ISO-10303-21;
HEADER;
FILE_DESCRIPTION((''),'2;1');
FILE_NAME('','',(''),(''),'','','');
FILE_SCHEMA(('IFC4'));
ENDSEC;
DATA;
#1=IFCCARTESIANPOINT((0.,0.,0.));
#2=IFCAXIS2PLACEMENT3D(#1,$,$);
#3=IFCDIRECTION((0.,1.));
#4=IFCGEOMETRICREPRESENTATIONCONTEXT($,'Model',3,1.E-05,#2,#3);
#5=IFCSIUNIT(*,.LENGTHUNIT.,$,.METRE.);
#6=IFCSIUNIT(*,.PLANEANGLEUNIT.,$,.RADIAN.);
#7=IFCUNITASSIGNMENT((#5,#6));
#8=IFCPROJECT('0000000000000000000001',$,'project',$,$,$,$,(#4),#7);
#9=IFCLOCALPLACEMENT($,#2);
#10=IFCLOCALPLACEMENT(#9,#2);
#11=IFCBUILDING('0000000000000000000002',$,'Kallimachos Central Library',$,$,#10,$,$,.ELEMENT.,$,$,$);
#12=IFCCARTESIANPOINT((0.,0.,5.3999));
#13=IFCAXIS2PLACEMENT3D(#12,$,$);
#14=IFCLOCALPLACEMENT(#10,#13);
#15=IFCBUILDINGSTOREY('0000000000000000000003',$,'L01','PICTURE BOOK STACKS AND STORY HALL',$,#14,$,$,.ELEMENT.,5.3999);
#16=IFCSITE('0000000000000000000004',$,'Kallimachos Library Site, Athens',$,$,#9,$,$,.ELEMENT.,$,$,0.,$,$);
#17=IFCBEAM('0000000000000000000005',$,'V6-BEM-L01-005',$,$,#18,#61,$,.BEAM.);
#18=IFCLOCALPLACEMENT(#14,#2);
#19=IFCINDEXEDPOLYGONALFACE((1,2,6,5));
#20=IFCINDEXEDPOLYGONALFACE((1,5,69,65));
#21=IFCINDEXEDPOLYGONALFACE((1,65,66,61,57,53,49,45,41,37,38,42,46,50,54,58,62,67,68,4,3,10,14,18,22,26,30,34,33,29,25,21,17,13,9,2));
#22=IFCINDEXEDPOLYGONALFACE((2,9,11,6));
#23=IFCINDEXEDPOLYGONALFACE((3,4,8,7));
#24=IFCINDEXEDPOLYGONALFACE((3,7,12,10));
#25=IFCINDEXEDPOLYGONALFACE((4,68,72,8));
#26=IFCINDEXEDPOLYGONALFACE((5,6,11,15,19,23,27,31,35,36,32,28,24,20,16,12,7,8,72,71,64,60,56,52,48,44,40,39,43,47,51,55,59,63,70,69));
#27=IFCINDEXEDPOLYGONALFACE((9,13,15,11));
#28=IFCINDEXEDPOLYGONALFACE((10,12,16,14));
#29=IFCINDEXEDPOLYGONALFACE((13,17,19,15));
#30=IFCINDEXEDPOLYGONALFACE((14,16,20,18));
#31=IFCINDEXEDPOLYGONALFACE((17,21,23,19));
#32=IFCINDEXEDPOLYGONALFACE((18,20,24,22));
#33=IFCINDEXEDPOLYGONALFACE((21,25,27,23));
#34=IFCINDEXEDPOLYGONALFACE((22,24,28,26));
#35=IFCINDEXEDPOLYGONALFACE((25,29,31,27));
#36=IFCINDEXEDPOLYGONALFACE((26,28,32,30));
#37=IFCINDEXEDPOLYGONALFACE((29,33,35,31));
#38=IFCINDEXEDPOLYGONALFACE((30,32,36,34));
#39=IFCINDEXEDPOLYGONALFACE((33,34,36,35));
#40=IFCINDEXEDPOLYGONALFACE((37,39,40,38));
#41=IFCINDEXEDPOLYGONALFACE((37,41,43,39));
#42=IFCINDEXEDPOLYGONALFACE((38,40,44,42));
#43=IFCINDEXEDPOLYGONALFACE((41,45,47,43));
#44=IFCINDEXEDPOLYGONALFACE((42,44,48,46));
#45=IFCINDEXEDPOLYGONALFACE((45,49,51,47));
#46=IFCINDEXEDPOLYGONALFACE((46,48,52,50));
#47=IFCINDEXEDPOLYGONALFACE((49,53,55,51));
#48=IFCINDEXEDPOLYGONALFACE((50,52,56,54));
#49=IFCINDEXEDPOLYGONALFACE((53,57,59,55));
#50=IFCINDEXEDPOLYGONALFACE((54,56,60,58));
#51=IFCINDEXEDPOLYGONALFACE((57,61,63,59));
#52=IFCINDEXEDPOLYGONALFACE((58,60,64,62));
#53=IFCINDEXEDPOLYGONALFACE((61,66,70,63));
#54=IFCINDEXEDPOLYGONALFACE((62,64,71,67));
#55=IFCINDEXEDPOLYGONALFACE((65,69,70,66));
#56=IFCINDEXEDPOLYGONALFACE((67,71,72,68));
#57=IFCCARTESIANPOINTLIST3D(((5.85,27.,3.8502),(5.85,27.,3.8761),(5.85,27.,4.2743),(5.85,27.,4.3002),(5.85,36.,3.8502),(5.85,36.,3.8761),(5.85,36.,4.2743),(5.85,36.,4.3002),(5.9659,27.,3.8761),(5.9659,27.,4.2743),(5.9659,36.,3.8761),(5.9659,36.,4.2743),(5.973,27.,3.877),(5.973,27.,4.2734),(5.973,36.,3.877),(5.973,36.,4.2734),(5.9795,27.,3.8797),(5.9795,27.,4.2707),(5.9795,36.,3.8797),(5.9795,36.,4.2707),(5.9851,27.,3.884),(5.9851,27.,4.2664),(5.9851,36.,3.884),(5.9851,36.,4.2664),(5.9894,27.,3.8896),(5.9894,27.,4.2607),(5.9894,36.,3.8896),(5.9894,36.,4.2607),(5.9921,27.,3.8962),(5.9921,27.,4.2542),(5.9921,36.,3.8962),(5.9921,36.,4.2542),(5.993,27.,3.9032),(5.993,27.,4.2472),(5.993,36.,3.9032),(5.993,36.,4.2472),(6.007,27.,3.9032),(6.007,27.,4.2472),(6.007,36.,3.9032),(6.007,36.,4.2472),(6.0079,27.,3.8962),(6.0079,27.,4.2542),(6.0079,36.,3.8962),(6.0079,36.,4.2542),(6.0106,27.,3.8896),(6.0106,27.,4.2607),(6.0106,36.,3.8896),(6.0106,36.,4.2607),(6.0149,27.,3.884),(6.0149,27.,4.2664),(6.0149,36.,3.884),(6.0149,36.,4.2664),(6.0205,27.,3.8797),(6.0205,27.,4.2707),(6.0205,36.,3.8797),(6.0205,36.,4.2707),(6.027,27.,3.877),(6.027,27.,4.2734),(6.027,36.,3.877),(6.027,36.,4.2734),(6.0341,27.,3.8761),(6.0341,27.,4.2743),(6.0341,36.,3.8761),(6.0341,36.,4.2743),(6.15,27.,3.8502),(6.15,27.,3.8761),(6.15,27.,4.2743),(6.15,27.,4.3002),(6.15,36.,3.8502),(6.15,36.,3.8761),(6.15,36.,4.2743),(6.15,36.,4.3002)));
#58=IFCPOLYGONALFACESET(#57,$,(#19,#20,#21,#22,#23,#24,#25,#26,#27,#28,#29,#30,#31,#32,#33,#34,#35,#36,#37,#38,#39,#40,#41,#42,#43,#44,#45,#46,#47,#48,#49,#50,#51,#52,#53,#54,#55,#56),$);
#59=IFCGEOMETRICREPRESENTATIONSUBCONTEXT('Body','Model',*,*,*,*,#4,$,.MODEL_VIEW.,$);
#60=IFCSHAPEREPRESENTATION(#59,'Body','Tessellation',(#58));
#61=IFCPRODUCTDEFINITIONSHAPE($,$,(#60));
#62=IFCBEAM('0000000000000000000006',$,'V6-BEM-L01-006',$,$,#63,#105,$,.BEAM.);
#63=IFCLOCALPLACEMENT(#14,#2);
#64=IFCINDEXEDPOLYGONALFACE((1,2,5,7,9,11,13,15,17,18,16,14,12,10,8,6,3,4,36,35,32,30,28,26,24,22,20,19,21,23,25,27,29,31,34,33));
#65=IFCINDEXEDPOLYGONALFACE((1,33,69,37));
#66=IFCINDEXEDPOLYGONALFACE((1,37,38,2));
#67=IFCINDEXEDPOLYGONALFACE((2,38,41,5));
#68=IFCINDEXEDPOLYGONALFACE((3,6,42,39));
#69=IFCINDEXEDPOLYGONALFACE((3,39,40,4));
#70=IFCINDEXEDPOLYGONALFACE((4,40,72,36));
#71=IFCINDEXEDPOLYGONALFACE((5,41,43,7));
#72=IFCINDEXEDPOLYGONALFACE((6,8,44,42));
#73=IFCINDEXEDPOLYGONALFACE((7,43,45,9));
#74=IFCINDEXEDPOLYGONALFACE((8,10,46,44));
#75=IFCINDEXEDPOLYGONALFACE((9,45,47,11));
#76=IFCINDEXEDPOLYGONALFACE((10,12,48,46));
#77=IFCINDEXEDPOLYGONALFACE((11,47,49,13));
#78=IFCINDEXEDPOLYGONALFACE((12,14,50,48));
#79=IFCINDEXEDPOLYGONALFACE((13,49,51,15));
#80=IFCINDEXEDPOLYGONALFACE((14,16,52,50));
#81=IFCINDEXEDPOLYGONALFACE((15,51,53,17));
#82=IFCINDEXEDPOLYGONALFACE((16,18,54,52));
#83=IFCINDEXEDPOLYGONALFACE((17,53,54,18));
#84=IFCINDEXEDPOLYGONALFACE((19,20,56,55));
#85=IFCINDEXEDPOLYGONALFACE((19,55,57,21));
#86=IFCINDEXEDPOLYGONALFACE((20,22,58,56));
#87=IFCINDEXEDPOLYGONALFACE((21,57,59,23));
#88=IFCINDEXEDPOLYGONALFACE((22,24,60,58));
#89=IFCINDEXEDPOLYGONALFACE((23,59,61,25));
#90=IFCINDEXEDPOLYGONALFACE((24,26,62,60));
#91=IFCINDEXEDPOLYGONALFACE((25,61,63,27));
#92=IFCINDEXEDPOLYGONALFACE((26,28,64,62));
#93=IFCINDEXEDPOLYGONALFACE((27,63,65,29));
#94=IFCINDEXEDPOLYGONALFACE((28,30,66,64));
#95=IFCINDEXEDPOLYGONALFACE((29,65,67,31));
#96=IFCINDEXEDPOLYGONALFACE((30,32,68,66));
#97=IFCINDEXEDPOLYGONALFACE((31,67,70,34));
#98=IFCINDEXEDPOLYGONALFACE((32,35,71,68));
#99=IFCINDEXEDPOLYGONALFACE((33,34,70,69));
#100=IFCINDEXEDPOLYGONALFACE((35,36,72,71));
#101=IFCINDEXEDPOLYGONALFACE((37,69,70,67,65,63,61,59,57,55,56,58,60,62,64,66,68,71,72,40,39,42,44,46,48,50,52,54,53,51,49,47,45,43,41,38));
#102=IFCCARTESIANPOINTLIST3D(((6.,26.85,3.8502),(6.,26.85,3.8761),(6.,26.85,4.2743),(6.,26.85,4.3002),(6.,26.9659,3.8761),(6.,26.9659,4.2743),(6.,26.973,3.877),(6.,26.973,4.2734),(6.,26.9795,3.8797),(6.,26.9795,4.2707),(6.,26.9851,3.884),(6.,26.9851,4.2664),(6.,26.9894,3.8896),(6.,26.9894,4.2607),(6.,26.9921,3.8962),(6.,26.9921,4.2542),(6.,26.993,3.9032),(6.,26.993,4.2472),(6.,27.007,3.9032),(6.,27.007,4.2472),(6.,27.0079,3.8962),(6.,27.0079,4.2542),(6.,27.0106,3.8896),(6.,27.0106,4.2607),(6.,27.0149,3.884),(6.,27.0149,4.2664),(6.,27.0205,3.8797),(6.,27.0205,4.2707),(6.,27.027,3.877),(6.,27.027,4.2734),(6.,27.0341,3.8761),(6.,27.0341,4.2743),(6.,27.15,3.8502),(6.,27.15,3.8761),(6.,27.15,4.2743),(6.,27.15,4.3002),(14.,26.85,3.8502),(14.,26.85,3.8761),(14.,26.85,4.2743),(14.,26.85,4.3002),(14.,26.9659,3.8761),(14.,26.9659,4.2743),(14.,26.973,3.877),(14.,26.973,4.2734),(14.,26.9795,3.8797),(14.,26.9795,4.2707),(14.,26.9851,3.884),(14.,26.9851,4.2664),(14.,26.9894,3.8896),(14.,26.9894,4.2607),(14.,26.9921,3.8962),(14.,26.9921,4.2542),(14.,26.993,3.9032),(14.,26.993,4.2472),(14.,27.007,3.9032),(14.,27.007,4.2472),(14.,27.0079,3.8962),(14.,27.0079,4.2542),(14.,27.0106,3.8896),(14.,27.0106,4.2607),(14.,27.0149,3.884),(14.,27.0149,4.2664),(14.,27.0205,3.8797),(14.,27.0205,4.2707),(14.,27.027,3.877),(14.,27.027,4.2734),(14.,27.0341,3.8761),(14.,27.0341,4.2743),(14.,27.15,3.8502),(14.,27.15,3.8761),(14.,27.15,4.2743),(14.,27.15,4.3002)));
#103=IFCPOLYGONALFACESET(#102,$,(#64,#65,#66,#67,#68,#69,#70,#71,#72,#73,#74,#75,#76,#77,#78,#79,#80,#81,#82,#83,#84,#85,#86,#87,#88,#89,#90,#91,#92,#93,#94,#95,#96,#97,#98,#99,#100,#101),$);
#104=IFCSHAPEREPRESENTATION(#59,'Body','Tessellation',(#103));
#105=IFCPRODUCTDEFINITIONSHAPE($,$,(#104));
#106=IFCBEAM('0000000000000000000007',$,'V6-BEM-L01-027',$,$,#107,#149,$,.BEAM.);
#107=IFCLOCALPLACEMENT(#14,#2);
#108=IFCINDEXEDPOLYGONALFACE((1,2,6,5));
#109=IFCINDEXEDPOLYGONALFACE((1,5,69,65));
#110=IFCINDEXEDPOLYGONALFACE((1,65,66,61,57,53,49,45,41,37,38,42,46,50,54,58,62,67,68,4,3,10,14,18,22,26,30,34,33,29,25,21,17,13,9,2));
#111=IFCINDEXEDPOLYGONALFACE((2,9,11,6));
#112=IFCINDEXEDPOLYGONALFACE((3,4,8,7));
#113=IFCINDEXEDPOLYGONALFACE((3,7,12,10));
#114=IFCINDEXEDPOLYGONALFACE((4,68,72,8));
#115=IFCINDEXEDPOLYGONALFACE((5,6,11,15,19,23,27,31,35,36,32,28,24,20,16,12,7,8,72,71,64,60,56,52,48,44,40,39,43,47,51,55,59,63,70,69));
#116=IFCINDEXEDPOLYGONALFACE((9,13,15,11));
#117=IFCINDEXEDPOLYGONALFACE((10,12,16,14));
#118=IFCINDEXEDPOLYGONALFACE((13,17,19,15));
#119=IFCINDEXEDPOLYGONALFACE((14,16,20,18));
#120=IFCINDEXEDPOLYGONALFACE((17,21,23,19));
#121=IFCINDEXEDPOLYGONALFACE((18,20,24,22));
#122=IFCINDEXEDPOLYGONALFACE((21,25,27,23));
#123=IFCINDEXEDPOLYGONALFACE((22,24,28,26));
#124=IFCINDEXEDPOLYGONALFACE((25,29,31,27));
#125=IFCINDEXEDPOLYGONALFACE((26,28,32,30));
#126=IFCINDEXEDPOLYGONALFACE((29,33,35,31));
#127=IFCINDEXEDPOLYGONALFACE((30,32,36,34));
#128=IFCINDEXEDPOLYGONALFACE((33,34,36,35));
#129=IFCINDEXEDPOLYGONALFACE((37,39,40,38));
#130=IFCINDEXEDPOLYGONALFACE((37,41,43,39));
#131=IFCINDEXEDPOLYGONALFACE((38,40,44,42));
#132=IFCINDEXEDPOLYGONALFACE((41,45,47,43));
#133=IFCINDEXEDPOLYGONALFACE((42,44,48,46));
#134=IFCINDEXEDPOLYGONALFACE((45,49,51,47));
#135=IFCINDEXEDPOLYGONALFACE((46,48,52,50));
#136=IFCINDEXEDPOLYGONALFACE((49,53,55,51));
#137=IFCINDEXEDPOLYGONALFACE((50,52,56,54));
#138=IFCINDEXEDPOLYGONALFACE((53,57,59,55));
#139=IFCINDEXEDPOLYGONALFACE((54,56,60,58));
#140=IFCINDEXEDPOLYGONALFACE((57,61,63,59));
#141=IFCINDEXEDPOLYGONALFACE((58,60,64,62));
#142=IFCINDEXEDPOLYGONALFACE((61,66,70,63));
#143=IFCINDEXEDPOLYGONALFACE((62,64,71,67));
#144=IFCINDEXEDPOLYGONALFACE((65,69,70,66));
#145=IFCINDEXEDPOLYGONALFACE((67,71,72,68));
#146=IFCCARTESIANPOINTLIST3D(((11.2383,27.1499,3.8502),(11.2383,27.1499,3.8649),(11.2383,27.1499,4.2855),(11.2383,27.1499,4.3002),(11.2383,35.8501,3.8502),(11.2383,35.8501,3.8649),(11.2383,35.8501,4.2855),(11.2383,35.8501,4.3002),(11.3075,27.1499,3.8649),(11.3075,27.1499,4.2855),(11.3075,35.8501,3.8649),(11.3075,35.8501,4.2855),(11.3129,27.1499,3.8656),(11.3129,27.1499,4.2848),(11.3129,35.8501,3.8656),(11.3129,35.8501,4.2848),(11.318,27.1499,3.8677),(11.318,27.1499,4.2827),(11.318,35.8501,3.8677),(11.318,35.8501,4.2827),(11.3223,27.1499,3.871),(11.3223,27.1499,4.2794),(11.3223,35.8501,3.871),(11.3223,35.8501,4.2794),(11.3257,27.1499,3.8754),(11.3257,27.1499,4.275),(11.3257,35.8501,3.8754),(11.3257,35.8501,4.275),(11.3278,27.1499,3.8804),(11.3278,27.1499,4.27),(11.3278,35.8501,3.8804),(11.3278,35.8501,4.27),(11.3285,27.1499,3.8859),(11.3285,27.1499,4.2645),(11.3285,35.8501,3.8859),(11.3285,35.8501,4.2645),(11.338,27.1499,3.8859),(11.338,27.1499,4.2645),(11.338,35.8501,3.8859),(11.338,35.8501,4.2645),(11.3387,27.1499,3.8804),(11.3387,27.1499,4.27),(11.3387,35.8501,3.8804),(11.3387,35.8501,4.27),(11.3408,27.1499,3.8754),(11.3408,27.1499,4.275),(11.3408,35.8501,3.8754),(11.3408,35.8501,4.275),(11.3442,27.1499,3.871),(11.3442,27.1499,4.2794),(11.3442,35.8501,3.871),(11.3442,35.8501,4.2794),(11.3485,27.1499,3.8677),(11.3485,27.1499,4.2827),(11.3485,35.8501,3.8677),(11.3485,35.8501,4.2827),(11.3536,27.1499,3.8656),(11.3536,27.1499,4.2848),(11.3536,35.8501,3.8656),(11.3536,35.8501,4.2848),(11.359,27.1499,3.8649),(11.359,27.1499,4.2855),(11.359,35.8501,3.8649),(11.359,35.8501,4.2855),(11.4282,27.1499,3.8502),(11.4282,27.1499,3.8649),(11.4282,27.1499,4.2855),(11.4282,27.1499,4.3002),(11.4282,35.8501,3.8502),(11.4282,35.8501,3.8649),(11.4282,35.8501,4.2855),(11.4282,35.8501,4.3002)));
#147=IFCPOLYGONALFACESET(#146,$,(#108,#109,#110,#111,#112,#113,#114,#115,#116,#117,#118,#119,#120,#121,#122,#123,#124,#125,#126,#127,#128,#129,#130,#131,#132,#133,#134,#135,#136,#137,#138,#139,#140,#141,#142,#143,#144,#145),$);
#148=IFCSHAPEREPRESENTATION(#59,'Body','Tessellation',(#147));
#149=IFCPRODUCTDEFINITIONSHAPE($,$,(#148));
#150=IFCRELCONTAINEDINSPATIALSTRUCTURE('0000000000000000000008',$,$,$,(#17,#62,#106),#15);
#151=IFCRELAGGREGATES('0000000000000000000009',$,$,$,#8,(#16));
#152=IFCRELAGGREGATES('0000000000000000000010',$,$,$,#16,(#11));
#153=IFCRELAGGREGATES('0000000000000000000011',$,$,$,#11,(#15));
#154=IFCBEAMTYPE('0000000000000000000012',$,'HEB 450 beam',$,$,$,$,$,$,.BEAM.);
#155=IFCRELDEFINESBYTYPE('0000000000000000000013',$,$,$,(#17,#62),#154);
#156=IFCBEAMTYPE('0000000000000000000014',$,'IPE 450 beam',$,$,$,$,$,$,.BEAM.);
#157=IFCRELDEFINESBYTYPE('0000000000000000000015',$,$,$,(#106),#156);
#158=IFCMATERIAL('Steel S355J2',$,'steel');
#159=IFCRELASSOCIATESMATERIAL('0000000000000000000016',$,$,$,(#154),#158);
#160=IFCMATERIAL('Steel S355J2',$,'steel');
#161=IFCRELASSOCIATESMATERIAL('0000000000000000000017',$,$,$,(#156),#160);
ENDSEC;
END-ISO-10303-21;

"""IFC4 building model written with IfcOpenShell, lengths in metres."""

from ifc_helpers import new_model, si_unit, direction, frame, origin, origin_2d, place, context, subcontext, project, spatial, i_section, extrude, material, material_profile, profile_set, type_object, element, save


model = new_model("IFC4")

# Units and contexts
model_context = context("Model", 3, precision=1e-05, world=origin(), true_north=direction((0.0, 1.0)))
body_context = subcontext(model_context, "Body", "Model", "MODEL_VIEW")
ifc_project = project(units=[si_unit("LENGTHUNIT", "METRE"), si_unit("PLANEANGLEUNIT", "RADIAN")], contexts=[model_context])

# Site, building, storey
site_placement = place(None, origin())
site = spatial("IfcSite", under=ifc_project, at=site_placement, Name="Kallimachos Library Site, Athens", CompositionType="ELEMENT", RefElevation=0.0)
building_placement = place(site_placement, origin())
building = spatial("IfcBuilding", under=site, at=building_placement, Name="Kallimachos Central Library", CompositionType="ELEMENT")
storey_placement = place(building_placement, frame((0.0, 0.0, 5.3999)))
storey = spatial("IfcBuildingStorey", under=building, at=storey_placement, Name="L01", Description="PICTURE BOOK STACKS AND STORY HALL", CompositionType="ELEMENT", Elevation=5.3999)

# Beams
ifc_material_1 = material(Name="Steel S355J2", Category="steel")
ifc_material_profile_1 = material_profile(ifc_material_1, i_section(OverallWidth=0.3, OverallDepth=0.45, WebThickness=0.0139, FlangeThickness=0.0259, FilletRadius=0.0271, at=origin_2d()), Name="HEB 450")
ifc_profile_set_1 = profile_set([ifc_material_profile_1], Name="Steel S355J2")
beam_type_1 = type_object("IfcBeamType", Name="HEB 450 beam", PredefinedType="BEAM", material=ifc_profile_set_1)
beam_1_placement = place(storey_placement, frame((6.0, 27.0, 4.0752), z_axis=(0.0, 1.0, 0.0), x_axis=(-1.0, 0.0, 0.0)))
element("IfcBeam", 1, at=beam_1_placement, inside=storey, type_object=beam_type_1, Name="V6-BEM-L01-005", PredefinedType="BEAM", context=body_context, shape_type="SweptSolid", body=[
    extrude(i_section(OverallWidth=0.3, OverallDepth=0.45, WebThickness=0.0139, FlangeThickness=0.0259, FilletRadius=0.0271, at=origin_2d()), origin(), (0.0, 0.0, 1.0), 9.0),
])
beam_2_placement = place(storey_placement, frame((6.0, 27.0, 4.0752), z_axis=(1.0, 0.0, 0.0), x_axis=(0.0, 1.0, 0.0)))
element("IfcBeam", 2, at=beam_2_placement, inside=storey, type_object=beam_type_1, Name="V6-BEM-L01-006", PredefinedType="BEAM", context=body_context, shape_type="SweptSolid", body=[
    extrude(i_section(OverallWidth=0.3, OverallDepth=0.45, WebThickness=0.0139, FlangeThickness=0.0259, FilletRadius=0.0271, at=origin_2d()), origin(), (0.0, 0.0, 1.0), 8.0),
])
ifc_material_2 = material(Name="Steel S355J2", Category="steel")
ifc_material_profile_2 = material_profile(ifc_material_2, i_section(OverallWidth=0.1899, OverallDepth=0.45, WebThickness=0.0095, FlangeThickness=0.0146, FilletRadius=0.021, at=origin_2d()), Name="IPE 450")
ifc_profile_set_2 = profile_set([ifc_material_profile_2], Name="Steel S355J2")
beam_type_2 = type_object("IfcBeamType", Name="IPE 450 beam", PredefinedType="BEAM", material=ifc_profile_set_2)
beam_3_placement = place(storey_placement, frame((11.3333, 27.1499, 4.0752), z_axis=(0.0, 1.0, 0.0), x_axis=(-1.0, 0.0, 0.0)))
element("IfcBeam", 3, at=beam_3_placement, inside=storey, type_object=beam_type_2, Name="V6-BEM-L01-027", PredefinedType="BEAM", context=body_context, shape_type="SweptSolid", body=[
    extrude(i_section(OverallWidth=0.1899, OverallDepth=0.45, WebThickness=0.0095, FlangeThickness=0.0146, FilletRadius=0.021, at=origin_2d()), origin(), (0.0, 0.0, 1.0), 8.7002),
])

save(model, "model.ifc")
